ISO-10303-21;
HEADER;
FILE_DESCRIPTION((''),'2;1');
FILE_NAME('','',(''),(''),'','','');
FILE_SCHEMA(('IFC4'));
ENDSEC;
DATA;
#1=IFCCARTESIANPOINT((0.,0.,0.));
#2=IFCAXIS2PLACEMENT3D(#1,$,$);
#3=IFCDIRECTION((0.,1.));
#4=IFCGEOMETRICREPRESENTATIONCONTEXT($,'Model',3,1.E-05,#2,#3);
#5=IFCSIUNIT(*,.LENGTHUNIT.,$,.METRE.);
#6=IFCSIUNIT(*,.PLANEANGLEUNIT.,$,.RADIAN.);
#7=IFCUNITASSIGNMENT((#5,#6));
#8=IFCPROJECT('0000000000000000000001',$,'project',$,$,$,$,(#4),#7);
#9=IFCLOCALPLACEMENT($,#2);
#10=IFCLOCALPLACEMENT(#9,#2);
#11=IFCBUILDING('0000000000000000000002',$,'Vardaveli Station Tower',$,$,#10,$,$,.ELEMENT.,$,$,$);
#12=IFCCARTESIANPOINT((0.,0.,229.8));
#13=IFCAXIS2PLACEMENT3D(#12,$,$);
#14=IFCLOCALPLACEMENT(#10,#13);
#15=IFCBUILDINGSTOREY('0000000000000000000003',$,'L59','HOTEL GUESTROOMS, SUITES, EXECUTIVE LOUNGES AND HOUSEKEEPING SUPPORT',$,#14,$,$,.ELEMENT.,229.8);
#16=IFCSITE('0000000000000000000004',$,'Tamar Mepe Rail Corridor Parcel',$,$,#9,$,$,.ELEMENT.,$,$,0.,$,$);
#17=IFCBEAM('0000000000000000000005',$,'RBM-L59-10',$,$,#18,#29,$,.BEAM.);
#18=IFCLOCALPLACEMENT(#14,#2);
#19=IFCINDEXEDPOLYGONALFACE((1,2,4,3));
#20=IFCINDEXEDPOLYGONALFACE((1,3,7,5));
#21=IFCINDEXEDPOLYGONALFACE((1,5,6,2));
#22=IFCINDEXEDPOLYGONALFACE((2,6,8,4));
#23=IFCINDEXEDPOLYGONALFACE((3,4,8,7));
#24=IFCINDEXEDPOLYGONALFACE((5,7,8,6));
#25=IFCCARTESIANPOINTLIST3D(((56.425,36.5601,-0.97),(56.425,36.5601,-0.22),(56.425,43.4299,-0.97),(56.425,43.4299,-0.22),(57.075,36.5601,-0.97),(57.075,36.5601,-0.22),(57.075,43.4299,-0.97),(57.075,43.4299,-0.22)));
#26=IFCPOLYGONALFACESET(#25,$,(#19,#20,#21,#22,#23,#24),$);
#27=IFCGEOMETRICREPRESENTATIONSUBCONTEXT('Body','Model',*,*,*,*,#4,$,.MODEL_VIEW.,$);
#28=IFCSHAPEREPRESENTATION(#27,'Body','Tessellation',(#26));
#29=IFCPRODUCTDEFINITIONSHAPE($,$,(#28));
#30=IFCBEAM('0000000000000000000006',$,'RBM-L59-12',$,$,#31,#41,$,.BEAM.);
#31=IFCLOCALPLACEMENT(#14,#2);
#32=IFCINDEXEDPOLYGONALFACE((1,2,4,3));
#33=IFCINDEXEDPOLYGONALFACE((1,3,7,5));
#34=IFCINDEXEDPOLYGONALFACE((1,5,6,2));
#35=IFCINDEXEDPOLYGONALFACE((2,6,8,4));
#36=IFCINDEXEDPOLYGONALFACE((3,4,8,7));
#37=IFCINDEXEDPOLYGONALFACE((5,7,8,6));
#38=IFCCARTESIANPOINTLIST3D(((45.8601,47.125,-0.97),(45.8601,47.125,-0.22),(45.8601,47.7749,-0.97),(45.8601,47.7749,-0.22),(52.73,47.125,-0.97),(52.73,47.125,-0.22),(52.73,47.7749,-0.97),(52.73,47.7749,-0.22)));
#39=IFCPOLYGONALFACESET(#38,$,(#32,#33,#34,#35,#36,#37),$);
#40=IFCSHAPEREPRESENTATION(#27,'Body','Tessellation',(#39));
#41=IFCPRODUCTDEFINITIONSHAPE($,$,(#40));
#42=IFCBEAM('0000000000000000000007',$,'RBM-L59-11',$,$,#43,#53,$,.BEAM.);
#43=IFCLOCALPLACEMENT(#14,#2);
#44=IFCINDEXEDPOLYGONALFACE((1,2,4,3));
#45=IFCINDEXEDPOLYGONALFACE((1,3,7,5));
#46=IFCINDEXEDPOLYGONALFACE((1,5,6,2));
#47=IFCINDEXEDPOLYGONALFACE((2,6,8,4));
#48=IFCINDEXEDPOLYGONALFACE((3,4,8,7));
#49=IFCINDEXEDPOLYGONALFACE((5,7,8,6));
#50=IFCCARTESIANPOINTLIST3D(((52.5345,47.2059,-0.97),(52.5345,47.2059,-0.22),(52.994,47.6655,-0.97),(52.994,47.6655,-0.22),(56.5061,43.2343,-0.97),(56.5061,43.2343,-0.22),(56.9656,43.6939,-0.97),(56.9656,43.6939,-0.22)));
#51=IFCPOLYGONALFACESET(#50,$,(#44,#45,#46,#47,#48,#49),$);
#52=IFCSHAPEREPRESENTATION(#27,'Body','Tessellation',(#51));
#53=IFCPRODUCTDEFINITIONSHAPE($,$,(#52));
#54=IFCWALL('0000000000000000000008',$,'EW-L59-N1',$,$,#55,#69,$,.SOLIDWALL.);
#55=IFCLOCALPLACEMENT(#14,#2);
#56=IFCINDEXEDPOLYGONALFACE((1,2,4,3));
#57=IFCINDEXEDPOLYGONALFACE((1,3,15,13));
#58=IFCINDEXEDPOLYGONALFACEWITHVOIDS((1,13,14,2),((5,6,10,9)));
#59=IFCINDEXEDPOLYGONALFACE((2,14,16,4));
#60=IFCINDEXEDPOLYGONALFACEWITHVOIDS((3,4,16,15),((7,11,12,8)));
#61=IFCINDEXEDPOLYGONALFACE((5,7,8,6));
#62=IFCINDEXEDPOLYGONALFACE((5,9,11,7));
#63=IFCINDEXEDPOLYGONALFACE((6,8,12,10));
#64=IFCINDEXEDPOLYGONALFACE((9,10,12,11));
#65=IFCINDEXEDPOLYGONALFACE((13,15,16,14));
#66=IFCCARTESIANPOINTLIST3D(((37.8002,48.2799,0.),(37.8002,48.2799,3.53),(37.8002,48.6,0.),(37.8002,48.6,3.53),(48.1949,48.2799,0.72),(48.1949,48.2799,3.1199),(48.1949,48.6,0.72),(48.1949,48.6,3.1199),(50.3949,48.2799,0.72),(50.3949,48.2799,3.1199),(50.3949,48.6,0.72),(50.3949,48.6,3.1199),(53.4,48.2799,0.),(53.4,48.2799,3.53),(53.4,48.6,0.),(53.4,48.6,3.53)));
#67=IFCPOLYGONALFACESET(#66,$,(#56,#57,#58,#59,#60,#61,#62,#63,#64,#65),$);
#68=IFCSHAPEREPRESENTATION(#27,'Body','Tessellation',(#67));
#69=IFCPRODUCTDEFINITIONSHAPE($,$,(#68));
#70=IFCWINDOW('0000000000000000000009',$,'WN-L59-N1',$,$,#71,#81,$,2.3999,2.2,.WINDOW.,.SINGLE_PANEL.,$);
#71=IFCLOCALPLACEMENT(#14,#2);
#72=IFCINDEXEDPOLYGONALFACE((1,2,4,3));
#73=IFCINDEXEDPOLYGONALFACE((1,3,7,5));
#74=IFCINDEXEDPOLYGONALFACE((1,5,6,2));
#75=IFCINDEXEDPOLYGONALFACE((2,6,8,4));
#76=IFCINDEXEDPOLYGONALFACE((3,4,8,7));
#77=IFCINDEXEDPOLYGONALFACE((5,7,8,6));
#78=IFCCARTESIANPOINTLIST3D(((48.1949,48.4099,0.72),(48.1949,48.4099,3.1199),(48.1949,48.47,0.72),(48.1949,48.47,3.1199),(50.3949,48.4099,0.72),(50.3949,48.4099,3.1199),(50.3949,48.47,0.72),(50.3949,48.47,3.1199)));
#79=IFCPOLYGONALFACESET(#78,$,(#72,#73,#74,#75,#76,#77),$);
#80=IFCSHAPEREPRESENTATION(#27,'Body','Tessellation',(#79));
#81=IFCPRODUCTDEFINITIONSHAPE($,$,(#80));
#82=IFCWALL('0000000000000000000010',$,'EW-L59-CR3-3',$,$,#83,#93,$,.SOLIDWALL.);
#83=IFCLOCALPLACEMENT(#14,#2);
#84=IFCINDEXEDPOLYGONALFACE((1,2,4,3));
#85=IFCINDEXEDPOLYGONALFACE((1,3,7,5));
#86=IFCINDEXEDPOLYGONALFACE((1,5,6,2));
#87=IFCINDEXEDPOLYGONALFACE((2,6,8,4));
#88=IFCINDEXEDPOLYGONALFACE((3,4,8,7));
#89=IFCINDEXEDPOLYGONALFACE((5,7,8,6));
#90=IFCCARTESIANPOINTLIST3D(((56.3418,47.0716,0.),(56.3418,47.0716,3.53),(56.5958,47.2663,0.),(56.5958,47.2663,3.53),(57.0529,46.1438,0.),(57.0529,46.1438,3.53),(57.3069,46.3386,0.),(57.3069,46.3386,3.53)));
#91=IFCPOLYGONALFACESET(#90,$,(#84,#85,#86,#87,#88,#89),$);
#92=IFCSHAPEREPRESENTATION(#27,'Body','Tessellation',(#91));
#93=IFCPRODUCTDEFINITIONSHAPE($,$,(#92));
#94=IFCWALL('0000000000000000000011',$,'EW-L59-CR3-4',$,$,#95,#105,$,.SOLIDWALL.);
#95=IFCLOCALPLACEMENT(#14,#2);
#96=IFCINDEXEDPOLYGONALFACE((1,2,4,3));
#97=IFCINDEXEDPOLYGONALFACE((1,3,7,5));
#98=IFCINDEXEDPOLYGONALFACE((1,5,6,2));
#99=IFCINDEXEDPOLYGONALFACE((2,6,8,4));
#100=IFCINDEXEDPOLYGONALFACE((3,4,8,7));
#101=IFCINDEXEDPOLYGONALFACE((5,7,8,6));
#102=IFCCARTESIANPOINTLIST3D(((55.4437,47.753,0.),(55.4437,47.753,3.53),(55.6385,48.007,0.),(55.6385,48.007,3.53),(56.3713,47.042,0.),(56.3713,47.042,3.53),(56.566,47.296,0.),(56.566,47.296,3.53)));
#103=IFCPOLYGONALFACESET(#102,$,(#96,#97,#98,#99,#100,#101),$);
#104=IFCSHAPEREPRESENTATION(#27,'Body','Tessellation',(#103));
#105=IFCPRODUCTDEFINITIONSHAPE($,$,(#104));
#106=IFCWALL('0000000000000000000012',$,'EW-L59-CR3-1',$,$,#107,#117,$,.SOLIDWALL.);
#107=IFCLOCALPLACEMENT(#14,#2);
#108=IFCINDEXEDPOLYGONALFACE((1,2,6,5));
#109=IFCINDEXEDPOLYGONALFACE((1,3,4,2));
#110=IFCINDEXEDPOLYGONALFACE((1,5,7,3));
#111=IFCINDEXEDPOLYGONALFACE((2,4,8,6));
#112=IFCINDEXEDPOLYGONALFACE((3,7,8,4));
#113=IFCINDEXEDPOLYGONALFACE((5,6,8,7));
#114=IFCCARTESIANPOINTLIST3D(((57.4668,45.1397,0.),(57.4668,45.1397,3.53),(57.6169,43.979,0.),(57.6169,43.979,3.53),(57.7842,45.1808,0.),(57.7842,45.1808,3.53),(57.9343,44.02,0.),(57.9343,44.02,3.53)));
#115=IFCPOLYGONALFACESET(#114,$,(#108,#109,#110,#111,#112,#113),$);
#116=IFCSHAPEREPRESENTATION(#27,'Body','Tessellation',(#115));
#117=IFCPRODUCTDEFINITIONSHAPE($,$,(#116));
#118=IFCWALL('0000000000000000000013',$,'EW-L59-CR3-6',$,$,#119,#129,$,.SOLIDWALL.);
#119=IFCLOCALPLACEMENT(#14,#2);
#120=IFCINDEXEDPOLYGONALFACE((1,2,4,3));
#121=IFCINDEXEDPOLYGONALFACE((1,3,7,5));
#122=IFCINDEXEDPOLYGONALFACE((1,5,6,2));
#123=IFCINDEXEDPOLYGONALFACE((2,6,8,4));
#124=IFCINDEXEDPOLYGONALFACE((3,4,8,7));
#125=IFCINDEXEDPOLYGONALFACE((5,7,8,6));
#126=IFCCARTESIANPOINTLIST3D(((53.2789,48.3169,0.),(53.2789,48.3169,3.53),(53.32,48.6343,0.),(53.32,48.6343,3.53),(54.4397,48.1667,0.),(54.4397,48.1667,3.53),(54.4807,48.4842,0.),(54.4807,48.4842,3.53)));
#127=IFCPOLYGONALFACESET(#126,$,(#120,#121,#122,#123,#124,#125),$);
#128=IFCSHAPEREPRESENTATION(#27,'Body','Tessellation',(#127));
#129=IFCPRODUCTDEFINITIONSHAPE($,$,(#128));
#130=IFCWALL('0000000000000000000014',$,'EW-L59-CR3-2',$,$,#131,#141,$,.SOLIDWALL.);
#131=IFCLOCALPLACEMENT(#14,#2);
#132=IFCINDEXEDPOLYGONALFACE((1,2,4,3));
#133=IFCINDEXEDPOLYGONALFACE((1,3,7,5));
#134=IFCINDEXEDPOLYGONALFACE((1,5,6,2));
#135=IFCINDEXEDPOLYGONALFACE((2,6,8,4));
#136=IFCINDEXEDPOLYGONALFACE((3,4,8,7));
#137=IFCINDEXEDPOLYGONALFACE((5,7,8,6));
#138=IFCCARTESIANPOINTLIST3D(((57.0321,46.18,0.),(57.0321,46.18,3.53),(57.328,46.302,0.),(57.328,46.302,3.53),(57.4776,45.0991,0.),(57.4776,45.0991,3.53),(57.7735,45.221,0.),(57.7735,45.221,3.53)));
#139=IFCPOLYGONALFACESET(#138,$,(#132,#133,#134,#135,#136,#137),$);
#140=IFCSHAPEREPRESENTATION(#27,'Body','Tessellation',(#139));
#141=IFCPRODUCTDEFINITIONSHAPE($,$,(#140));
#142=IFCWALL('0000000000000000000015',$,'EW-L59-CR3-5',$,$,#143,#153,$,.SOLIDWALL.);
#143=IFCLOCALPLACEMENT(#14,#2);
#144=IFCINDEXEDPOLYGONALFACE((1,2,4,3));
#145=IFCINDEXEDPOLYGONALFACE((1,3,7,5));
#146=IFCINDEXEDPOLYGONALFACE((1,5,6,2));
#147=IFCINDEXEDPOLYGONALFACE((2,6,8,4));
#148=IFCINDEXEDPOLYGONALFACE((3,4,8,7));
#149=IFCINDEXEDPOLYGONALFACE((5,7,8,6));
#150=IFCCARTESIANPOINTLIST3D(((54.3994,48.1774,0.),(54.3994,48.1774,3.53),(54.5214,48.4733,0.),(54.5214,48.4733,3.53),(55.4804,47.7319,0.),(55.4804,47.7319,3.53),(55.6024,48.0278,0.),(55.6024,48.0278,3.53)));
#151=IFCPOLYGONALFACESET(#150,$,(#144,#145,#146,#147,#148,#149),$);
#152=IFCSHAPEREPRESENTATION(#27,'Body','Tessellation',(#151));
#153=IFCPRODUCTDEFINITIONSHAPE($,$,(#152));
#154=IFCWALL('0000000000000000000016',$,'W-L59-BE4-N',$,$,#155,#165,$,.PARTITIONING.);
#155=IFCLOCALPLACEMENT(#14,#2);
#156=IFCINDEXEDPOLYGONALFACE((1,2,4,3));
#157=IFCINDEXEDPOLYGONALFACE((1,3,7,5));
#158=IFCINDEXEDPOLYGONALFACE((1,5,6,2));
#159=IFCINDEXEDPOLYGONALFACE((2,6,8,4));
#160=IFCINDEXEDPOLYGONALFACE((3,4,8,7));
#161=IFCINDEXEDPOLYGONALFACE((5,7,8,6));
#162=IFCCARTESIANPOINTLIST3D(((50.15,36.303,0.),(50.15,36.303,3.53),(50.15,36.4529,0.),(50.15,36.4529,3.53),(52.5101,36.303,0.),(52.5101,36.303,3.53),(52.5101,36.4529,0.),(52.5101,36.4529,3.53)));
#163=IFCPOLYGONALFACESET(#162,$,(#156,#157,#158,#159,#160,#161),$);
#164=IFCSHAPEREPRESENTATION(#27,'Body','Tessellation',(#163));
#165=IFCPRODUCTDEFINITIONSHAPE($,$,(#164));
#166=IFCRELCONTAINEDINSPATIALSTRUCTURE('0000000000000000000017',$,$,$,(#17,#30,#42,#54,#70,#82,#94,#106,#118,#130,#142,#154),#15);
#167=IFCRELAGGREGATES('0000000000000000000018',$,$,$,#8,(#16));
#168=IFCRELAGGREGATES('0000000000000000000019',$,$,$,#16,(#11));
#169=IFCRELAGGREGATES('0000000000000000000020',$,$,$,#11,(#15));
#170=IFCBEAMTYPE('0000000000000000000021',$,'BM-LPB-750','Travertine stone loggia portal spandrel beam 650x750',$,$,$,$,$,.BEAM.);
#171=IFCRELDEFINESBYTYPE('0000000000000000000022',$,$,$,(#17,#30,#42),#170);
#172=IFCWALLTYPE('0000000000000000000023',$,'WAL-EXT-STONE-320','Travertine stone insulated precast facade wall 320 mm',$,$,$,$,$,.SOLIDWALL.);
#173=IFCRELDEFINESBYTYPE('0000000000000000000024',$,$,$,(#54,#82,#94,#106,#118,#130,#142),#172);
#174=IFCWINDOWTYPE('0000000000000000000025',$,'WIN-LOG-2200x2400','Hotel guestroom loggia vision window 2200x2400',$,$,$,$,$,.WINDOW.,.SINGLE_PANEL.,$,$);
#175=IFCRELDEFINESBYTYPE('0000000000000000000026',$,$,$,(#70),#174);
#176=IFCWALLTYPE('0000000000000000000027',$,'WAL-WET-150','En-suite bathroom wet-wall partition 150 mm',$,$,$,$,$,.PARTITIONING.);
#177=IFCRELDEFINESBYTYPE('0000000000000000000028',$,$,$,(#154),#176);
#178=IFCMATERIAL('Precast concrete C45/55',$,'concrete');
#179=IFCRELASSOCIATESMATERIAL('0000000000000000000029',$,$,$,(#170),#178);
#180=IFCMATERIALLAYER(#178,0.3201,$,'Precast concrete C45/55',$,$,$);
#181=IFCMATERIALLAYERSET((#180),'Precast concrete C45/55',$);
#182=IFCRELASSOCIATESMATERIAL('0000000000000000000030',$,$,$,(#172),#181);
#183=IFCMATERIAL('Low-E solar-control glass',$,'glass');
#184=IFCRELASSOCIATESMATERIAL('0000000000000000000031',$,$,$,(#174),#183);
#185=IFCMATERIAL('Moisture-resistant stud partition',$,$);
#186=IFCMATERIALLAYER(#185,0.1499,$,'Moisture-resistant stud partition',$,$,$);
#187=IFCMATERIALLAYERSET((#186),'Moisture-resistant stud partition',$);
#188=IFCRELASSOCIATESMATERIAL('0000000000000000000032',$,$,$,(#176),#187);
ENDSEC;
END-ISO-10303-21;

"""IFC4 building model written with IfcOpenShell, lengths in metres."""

from ifc_helpers import new_model, si_unit, direction, frame, frame_2d, origin, origin_2d, place, context, subcontext, project, spatial, rectangle, extrude, source, transform, mapped, material, layer, layer_set, material_profile, profile_set, type_object, element, fill, save


model = new_model("IFC4")

# Units and contexts
model_context = context("Model", 3, precision=1e-05, world=origin(), true_north=direction((0.0, 1.0)))
body_context = subcontext(model_context, "Body", "Model", "MODEL_VIEW")
ifc_project = project(units=[si_unit("LENGTHUNIT", "METRE"), si_unit("PLANEANGLEUNIT", "RADIAN")], contexts=[model_context])

# Site, building, storey
site_placement = place(None, origin())
site = spatial("IfcSite", under=ifc_project, at=site_placement, Name="Tamar Mepe Rail Corridor Parcel", CompositionType="ELEMENT", RefElevation=0.0)
building_placement = place(site_placement, origin())
building = spatial("IfcBuilding", under=site, at=building_placement, Name="Vardaveli Station Tower", CompositionType="ELEMENT")
storey_placement = place(building_placement, frame((0.0, 0.0, 229.8)))
storey = spatial("IfcBuildingStorey", under=building, at=storey_placement, Name="L59", Description="HOTEL GUESTROOMS, SUITES, EXECUTIVE LOUNGES AND HOUSEKEEPING SUPPORT", CompositionType="ELEMENT", Elevation=229.8)

# Beams
ifc_material_1 = material(Name="Precast concrete C45/55", Category="concrete")
ifc_material_profile_1 = material_profile(ifc_material_1, rectangle(XDim=0.6499, YDim=0.75, at=origin_2d()), Name="LPB 650x750")
ifc_profile_set_1 = profile_set([ifc_material_profile_1], Name="Precast concrete C45/55")
beam_type = type_object("IfcBeamType", Name="BM-LPB-750", Description="Travertine stone loggia portal spandrel beam 650x750", PredefinedType="BEAM", material=ifc_profile_set_1)
shared_shape_1 = source(origin(), body_context, "Body", "SweptSolid", [
    extrude(rectangle(XDim=0.6499, YDim=0.75, at=origin_2d()), origin(), (0.0, 0.0, 1.0), 6.8699),
])
for number, where, z_axis, x_axis, name in (
    (1, (56.75, 36.5601, -0.595), (0.0, 1.0, 0.0), (-1.0, 0.0, 0.0), "RBM-L59-10"),
    (2, (52.73, 47.45, -0.595), (-1.0, 0.0, 0.0), (0.0, -1.0, 0.0), "RBM-L59-12"),
):
    element("IfcBeam", number, at=place(storey_placement, frame(where, z_axis=z_axis, x_axis=x_axis)), inside=storey, type_object=beam_type, Name=name, PredefinedType="BEAM", context=body_context, shape_type="MappedRepresentation", body=[
        mapped(shared_shape_1, transform((0.0, 0.0, 0.0), scale=1.0)),
    ])
shared_shape_2 = source(origin(), body_context, "Body", "SweptSolid", [
    extrude(rectangle(XDim=0.6499, YDim=0.75, at=origin_2d()), origin(), (0.0, 0.0, 1.0), 5.6167),
])
beam_1_placement = place(storey_placement, frame((56.7358, 43.4641, -0.595), z_axis=(-0.707107, 0.707107, 0.0), x_axis=(-0.707107, -0.707107, 0.0)))
element("IfcBeam", 3, at=beam_1_placement, inside=storey, type_object=beam_type, Name="RBM-L59-11", PredefinedType="BEAM", context=body_context, shape_type="MappedRepresentation", body=[
    mapped(shared_shape_2, transform((0.0, 0.0, 0.0), scale=1.0)),
])

# Wall, opening, window
ifc_layer_1 = layer(ifc_material_1, 0.3201, Name="Precast concrete C45/55")
ifc_layer_set_1 = layer_set([ifc_layer_1], Name="Precast concrete C45/55")
wall_type_1 = type_object("IfcWallType", Name="WAL-EXT-STONE-320", Description="Travertine stone insulated precast facade wall 320 mm", PredefinedType="SOLIDWALL", material=ifc_layer_set_1)
shared_shape_3 = source(origin(), body_context, "Body", "SweptSolid", [
    extrude(rectangle(XDim=15.5999, YDim=0.3201, at=frame_2d((7.7998, 0.0))), origin(), (0.0, 0.0, 1.0), 3.53),
])
wall_1_placement = place(storey_placement, frame((53.3999, 48.4399, 0.0), z_axis=(0.0, 0.0, 1.0), x_axis=(-1.0, 0.0, 0.0)))
wall_1 = element("IfcWall", 4, at=wall_1_placement, inside=storey, type_object=wall_type_1, Name="EW-L59-N1", PredefinedType="SOLIDWALL", context=body_context, shape_type="MappedRepresentation", body=[
    mapped(shared_shape_3, transform((0.0, 0.0, 0.0), scale=1.0)),
])
shared_shape_4 = source(origin(), body_context, "Body", "SweptSolid", [
    extrude(rectangle(XDim=2.2, YDim=2.3999, at=frame_2d((1.1001, 1.2))), frame((0.0, 0.1699, 0.0), z_axis=(0.0, -1.0, 0.0), x_axis=(1.0, 0.0, 0.0)), (0.0, 0.0, 1.0), 0.3401),
])
opening_placement = place(wall_1_placement, frame((3.0049, 0.0, 0.72)))
opening = element("IfcOpeningElement", 5, at=opening_placement, cuts=wall_1, PredefinedType="OPENING", context=body_context, shape_type="MappedRepresentation", body=[
    mapped(shared_shape_4, transform((0.0, 0.0, 0.0), scale=1.0)),
])
ifc_material_2 = material(Name="Low-E solar-control glass", Category="glass")
window_type = type_object("IfcWindowType", Name="WIN-LOG-2200x2400", Description="Hotel guestroom loggia vision window 2200x2400", PartitioningType="SINGLE_PANEL", PredefinedType="WINDOW", material=ifc_material_2)
shared_shape_5 = source(origin(), body_context, "Body", "SweptSolid", [
    extrude(rectangle(XDim=2.2, YDim=2.3999, at=frame_2d((1.1001, 1.2))), frame((0.0, 0.03, 0.0), z_axis=(0.0, -1.0, 0.0), x_axis=(1.0, 0.0, 0.0)), (0.0, 0.0, 1.0), 0.0601),
])
window_placement = place(opening_placement, origin())
window = element("IfcWindow", 6, at=window_placement, inside=storey, type_object=window_type, Name="WN-L59-N1", OverallHeight=2.3999, OverallWidth=2.2, PartitioningType="SINGLE_PANEL", PredefinedType="WINDOW", context=body_context, shape_type="MappedRepresentation", body=[
    mapped(shared_shape_5, transform((0.0, 0.0, 0.0), scale=1.0)),
])
fill(opening, window)

# Walls
shared_shape_6 = source(origin(), body_context, "Body", "SweptSolid", [
    extrude(rectangle(XDim=1.1689, YDim=0.3201, at=frame_2d((0.5845, 0.0))), origin(), (0.0, 0.0, 1.0), 3.53),
])
wall_2_placement = place(storey_placement, frame((57.1799, 46.2412, 0.0), z_axis=(0.0, 0.0, 1.0), x_axis=(-0.608388, 0.79364, 0.0)))
element("IfcWall", 7, at=wall_2_placement, inside=storey, type_object=wall_type_1, Name="EW-L59-CR3-3", PredefinedType="SOLIDWALL", context=body_context, shape_type="MappedRepresentation", body=[
    mapped(shared_shape_6, transform((0.0, 0.0, 0.0), scale=1.0)),
])
shared_shape_7 = source(origin(), body_context, "Body", "SweptSolid", [
    extrude(rectangle(XDim=1.1687, YDim=0.3201, at=frame_2d((0.5845, 0.0))), origin(), (0.0, 0.0, 1.0), 3.53),
])
wall_3_placement = place(storey_placement, frame((56.4688, 47.1689, 0.0), z_axis=(0.0, 0.0, 1.0), x_axis=(-0.793664, 0.608357, 0.0)))
element("IfcWall", 8, at=wall_3_placement, inside=storey, type_object=wall_type_1, Name="EW-L59-CR3-4", PredefinedType="SOLIDWALL", context=body_context, shape_type="MappedRepresentation", body=[
    mapped(shared_shape_7, transform((0.0, 0.0, 0.0), scale=1.0)),
])
shared_shape_8 = source(origin(), body_context, "Body", "SweptSolid", [
    extrude(rectangle(XDim=1.1704, YDim=0.3201, at=frame_2d((0.5852, 0.0))), origin(), (0.0, 0.0, 1.0), 3.53),
])
for number, where, z_axis, x_axis, name in (
    (9, (57.7756, 43.9995, 0.0), (0.0, 0.0, 1.0), (-0.128296, 0.991736, 0.0), "EW-L59-CR3-1"),
    (10, (54.4602, 48.3254, 0.0), (0.0, 0.0, 1.0), (-0.991736, 0.128296, 0.0), "EW-L59-CR3-6"),
):
    element("IfcWall", number, at=place(storey_placement, frame(where, z_axis=z_axis, x_axis=x_axis)), inside=storey, type_object=wall_type_1, Name=name, PredefinedType="SOLIDWALL", context=body_context, shape_type="MappedRepresentation", body=[
        mapped(shared_shape_8, transform((0.0, 0.0, 0.0), scale=1.0)),
    ])
shared_shape_9 = source(origin(), body_context, "Body", "SweptSolid", [
    extrude(rectangle(XDim=1.1692, YDim=0.3201, at=frame_2d((0.5845, 0.0))), origin(), (0.0, 0.0, 1.0), 3.53),
])
for number, where, z_axis, x_axis, name in (
    (11, (57.6255, 45.1602, 0.0), (0.0, 0.0, 1.0), (-0.381054, 0.924553, 0.0), "EW-L59-CR3-2"),
    (12, (55.5413, 47.8799, 0.0), (0.0, 0.0, 1.0), (-0.924553, 0.381054, 0.0), "EW-L59-CR3-5"),
):
    element("IfcWall", number, at=place(storey_placement, frame(where, z_axis=z_axis, x_axis=x_axis)), inside=storey, type_object=wall_type_1, Name=name, PredefinedType="SOLIDWALL", context=body_context, shape_type="MappedRepresentation", body=[
        mapped(shared_shape_9, transform((0.0, 0.0, 0.0), scale=1.0)),
    ])
ifc_material_3 = material(Name="Moisture-resistant stud partition")
ifc_layer_2 = layer(ifc_material_3, 0.1499, Name="Moisture-resistant stud partition")
ifc_layer_set_2 = layer_set([ifc_layer_2], Name="Moisture-resistant stud partition")
wall_type_2 = type_object("IfcWallType", Name="WAL-WET-150", Description="En-suite bathroom wet-wall partition 150 mm", PredefinedType="PARTITIONING", material=ifc_layer_set_2)
shared_shape_10 = source(origin(), body_context, "Body", "SweptSolid", [
    extrude(rectangle(XDim=2.3601, YDim=0.1499, at=frame_2d((1.1802, 0.0))), origin(), (0.0, 0.0, 1.0), 3.53),
])
wall_4_placement = place(storey_placement, frame((50.1499, 36.3779, 0.0), z_axis=(0.0, 0.0, 1.0), x_axis=(1.0, 0.0, 0.0)))
element("IfcWall", 13, at=wall_4_placement, inside=storey, type_object=wall_type_2, Name="W-L59-BE4-N", PredefinedType="PARTITIONING", context=body_context, shape_type="MappedRepresentation", body=[
    mapped(shared_shape_10, transform((0.0, 0.0, 0.0), scale=1.0)),
])

save(model, "model.ifc")
